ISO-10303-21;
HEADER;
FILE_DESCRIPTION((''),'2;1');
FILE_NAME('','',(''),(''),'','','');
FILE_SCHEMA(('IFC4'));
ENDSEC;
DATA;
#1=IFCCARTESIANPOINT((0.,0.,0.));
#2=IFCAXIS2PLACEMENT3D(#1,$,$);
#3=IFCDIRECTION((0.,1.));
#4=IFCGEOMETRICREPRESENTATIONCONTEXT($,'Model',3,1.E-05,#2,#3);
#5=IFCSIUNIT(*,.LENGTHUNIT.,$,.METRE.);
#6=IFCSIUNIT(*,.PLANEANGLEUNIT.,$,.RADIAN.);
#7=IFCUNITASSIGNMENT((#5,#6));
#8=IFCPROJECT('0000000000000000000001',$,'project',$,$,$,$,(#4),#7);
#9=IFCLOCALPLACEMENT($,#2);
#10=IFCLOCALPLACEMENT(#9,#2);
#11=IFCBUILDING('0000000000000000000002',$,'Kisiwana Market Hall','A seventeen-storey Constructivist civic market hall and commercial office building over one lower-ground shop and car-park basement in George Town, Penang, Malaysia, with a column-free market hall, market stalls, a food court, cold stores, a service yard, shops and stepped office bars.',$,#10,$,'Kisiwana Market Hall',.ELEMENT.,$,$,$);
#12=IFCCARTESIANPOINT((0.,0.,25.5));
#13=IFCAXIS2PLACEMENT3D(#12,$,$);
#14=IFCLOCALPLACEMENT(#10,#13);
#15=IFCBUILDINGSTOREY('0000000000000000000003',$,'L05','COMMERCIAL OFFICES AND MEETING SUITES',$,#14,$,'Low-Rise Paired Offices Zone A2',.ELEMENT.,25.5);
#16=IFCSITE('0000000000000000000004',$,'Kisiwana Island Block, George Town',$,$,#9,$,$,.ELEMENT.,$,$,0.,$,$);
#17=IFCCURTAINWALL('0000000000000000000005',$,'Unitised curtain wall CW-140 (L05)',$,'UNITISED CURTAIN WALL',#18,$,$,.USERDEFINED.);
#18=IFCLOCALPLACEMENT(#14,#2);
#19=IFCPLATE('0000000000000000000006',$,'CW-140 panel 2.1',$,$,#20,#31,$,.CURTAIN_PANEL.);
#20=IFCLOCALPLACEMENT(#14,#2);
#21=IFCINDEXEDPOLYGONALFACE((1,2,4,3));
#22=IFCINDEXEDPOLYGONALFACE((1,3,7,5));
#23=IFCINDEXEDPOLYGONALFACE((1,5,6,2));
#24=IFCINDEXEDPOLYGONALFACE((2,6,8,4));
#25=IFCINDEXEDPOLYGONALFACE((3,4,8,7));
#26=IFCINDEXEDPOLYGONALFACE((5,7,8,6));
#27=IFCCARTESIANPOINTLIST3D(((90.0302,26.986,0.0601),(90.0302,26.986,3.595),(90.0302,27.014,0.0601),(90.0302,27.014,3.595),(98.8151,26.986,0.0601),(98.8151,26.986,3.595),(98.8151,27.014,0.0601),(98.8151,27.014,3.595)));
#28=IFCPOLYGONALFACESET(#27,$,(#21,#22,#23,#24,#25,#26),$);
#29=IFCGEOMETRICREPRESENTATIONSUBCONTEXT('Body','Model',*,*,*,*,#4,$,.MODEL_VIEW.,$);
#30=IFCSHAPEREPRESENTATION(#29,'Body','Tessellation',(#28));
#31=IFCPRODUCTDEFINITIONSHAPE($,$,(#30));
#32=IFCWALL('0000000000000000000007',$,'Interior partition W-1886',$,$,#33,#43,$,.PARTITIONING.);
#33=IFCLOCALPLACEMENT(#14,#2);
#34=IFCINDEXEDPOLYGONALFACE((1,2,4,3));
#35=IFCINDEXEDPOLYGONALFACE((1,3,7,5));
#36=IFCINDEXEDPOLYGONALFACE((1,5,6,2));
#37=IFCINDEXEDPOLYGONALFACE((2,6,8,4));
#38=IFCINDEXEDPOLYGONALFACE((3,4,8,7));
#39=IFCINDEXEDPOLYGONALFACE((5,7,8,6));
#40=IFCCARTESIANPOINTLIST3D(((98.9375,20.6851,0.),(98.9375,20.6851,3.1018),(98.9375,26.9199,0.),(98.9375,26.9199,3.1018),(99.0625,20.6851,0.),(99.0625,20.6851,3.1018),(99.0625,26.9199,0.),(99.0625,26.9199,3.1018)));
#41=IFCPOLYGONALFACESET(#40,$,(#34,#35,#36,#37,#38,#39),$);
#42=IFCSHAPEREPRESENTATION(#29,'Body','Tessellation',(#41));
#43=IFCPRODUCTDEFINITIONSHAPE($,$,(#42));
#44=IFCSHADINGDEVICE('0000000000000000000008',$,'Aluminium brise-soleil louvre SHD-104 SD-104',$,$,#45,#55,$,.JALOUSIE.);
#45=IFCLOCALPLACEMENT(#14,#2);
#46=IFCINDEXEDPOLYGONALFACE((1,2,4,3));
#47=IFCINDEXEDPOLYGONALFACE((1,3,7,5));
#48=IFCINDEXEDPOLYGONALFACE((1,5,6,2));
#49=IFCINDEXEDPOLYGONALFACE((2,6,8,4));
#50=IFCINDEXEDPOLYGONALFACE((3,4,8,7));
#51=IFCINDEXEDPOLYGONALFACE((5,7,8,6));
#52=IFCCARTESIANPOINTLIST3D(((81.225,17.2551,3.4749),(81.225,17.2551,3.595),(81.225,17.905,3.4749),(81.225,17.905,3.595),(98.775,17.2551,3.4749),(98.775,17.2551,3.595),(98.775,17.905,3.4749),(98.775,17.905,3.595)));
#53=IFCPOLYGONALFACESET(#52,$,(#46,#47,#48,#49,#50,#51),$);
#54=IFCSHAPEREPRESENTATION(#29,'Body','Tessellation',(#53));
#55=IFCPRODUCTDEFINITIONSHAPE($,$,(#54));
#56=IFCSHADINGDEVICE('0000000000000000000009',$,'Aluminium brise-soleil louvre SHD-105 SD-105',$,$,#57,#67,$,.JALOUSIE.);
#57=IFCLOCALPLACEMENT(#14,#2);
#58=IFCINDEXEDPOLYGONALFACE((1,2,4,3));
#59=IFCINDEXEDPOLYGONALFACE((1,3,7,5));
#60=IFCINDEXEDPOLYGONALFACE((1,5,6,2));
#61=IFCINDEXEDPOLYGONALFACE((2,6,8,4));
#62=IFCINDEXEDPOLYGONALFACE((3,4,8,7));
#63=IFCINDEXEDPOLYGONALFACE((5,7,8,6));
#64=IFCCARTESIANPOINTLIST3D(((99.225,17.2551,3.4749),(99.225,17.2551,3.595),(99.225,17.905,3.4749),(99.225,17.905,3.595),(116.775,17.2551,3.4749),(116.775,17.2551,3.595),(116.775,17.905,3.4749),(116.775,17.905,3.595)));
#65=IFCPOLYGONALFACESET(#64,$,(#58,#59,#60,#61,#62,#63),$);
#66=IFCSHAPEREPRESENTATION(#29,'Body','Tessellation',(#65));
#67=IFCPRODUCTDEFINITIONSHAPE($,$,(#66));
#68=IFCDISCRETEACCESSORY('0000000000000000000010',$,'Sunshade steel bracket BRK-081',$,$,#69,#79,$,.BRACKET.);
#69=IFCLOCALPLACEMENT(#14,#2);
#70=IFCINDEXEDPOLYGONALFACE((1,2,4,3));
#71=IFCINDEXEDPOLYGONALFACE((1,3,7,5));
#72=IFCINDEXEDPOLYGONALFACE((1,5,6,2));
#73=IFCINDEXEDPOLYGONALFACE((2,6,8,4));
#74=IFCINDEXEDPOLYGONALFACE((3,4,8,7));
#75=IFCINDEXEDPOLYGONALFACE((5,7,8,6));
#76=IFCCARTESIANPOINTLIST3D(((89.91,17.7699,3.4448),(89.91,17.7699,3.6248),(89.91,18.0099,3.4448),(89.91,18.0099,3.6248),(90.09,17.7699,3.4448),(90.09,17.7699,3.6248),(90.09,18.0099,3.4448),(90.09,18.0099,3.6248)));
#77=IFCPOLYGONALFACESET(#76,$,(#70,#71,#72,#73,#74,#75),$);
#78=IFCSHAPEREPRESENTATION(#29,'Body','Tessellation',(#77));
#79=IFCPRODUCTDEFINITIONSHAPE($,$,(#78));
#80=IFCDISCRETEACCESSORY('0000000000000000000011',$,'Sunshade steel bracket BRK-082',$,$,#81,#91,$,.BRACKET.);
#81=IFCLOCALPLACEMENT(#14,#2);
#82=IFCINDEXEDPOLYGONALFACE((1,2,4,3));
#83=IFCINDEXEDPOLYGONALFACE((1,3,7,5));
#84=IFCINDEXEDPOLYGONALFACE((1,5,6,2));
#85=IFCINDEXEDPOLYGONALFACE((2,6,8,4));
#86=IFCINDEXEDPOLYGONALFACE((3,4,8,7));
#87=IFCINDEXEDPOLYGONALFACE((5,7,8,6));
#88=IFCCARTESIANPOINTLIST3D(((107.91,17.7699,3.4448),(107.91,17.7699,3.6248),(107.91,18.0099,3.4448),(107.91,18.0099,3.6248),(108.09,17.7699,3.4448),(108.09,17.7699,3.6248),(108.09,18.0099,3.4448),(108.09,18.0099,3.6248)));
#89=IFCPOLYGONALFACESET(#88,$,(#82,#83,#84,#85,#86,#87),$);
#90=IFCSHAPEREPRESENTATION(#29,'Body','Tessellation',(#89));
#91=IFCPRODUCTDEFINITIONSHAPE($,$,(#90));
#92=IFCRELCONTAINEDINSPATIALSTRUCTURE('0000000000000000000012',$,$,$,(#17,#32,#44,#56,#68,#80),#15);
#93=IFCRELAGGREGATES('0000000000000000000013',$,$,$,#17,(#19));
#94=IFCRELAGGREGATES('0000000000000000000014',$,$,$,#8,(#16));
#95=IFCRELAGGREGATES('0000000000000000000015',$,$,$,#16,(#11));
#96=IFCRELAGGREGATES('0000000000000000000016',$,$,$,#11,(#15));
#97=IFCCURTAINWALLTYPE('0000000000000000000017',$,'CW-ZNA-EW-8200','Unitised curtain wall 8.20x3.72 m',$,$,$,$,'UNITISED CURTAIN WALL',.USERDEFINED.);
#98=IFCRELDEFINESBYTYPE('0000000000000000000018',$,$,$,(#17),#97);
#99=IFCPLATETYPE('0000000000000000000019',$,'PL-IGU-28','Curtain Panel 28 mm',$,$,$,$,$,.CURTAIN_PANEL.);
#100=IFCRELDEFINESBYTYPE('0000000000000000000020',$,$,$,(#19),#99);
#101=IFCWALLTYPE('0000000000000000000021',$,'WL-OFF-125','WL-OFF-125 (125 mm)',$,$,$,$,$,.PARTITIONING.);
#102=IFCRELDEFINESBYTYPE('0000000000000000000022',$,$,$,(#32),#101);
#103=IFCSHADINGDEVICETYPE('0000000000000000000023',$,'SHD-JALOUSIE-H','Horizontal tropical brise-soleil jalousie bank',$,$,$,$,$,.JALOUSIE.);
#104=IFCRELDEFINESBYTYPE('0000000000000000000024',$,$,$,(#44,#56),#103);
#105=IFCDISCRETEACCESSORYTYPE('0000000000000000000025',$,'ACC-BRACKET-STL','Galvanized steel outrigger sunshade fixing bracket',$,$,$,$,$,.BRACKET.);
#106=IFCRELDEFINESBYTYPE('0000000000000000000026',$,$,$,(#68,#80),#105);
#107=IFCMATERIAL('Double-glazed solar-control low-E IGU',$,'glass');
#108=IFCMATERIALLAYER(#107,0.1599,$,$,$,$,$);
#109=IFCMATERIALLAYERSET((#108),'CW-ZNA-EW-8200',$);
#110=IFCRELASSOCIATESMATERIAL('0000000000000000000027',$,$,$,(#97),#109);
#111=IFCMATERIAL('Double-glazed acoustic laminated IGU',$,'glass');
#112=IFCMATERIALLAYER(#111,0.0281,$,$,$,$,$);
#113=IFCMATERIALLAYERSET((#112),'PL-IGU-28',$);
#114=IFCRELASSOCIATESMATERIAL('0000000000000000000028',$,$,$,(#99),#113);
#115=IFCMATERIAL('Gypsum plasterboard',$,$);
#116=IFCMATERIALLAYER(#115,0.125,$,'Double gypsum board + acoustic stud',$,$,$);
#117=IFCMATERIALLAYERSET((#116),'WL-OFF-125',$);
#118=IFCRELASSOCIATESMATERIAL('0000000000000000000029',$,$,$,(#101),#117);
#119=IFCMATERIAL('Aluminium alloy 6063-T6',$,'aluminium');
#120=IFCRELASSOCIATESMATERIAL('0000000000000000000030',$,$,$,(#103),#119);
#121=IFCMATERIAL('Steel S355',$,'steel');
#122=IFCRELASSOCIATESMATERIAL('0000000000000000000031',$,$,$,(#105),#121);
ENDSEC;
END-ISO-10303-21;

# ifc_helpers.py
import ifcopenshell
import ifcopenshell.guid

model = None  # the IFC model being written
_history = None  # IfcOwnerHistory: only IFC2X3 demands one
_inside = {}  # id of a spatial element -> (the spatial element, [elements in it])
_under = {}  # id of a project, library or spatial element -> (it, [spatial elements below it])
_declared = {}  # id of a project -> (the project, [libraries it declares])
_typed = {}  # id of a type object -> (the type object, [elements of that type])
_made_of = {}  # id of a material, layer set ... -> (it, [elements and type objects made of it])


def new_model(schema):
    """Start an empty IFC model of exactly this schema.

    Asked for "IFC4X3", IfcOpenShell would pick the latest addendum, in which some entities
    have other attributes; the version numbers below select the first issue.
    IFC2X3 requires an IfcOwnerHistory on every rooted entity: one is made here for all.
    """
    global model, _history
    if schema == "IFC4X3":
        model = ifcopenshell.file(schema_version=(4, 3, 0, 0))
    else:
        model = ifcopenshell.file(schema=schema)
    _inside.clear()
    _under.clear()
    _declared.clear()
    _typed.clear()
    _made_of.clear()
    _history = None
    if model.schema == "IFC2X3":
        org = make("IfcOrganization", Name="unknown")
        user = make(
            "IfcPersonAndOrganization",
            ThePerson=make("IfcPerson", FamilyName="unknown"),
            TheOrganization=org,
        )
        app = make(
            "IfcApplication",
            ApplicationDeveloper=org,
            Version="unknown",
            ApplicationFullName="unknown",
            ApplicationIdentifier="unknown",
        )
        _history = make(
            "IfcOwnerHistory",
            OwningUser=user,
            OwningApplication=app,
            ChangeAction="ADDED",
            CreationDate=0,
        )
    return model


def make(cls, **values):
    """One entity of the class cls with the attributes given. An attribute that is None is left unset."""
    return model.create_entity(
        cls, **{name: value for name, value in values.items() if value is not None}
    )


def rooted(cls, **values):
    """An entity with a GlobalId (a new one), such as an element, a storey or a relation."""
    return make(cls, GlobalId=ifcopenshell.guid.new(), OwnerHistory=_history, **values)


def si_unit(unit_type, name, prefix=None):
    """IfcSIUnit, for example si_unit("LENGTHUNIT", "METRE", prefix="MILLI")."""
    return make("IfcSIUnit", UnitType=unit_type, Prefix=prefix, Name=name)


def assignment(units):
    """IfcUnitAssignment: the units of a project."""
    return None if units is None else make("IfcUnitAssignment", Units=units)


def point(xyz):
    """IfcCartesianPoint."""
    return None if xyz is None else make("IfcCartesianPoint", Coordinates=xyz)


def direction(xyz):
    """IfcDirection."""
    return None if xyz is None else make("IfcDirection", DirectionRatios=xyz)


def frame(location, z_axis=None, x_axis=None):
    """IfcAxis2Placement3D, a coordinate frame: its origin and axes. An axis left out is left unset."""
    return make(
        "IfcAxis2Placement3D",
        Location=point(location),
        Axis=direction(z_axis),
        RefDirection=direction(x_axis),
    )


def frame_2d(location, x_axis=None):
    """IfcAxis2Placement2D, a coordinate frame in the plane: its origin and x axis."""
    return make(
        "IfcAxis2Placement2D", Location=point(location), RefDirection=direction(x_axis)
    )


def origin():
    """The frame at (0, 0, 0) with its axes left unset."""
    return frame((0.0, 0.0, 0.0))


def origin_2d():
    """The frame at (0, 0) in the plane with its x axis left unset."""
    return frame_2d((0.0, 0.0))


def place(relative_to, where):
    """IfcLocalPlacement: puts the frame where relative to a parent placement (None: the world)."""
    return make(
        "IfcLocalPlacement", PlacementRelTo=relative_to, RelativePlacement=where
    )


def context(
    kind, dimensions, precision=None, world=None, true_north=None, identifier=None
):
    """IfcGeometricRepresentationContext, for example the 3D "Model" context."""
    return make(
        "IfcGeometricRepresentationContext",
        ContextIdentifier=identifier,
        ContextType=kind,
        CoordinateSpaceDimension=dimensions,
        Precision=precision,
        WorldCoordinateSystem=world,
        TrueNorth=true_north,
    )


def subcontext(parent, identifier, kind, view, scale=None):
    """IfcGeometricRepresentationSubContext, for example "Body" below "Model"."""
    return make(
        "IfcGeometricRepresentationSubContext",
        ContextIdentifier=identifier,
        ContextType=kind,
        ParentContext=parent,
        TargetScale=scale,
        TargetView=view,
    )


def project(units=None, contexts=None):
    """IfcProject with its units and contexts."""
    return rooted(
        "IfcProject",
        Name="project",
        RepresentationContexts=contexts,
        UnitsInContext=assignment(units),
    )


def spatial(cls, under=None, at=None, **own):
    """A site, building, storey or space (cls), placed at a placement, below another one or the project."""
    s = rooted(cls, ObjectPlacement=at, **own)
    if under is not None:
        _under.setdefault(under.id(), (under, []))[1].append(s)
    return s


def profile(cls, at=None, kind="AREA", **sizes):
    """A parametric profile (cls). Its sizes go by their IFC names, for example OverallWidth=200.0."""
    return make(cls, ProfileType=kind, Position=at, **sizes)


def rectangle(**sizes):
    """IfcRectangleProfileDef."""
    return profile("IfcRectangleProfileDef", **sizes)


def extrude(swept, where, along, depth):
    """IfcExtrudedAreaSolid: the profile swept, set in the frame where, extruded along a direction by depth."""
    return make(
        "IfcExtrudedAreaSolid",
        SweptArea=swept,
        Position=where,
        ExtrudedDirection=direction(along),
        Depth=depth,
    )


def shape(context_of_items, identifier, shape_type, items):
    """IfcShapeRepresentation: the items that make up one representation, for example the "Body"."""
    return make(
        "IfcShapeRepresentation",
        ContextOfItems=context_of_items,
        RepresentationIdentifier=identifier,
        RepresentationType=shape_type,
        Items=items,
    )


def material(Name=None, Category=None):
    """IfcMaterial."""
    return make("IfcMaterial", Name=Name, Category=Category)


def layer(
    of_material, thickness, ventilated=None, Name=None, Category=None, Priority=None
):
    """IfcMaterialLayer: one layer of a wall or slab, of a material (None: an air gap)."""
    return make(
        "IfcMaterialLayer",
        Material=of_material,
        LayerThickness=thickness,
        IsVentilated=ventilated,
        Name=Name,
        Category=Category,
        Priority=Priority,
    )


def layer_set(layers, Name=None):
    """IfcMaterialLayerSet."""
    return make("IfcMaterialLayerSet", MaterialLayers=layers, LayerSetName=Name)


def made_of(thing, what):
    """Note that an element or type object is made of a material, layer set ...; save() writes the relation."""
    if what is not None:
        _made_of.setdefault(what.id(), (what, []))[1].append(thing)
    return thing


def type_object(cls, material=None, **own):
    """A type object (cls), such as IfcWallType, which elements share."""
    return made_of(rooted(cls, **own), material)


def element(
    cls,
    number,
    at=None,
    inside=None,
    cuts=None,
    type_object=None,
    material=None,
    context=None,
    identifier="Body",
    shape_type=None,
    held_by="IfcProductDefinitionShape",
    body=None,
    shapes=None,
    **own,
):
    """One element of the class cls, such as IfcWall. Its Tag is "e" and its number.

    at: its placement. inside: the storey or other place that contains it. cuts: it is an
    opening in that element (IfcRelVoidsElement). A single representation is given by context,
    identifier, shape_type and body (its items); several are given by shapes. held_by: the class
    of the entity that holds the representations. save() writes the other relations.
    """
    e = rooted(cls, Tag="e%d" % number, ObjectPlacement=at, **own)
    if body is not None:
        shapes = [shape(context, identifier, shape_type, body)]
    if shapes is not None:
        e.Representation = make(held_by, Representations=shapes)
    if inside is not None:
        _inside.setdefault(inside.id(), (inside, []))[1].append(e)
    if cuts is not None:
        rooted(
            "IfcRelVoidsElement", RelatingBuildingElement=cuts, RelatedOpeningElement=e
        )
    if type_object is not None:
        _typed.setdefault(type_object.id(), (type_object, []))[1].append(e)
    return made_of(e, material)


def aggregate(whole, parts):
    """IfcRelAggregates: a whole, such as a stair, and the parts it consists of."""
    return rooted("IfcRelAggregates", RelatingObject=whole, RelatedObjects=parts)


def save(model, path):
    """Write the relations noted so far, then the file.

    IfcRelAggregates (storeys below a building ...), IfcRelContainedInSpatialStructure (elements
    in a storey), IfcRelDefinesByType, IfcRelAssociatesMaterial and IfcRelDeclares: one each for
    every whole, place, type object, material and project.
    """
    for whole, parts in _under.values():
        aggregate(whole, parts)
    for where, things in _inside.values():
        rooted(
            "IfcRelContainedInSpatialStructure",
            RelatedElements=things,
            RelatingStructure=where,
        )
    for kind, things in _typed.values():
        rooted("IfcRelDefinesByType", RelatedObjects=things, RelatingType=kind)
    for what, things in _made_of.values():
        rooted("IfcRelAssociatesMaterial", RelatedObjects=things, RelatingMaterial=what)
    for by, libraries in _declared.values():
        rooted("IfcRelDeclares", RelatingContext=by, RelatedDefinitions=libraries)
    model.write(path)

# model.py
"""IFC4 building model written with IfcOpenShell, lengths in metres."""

from ifc_helpers import new_model, si_unit, direction, frame, frame_2d, origin, origin_2d, place, context, subcontext, project, spatial, rectangle, extrude, material, layer, layer_set, type_object, element, aggregate, save


model = new_model("IFC4")

# Units and contexts
model_context = context("Model", 3, precision=1e-05, world=origin(), true_north=direction((0.0, 1.0)))
body_context = subcontext(model_context, "Body", "Model", "MODEL_VIEW")
ifc_project = project(units=[si_unit("LENGTHUNIT", "METRE"), si_unit("PLANEANGLEUNIT", "RADIAN")], contexts=[model_context])

# Site, building, storey
site_placement = place(None, origin())
site = spatial("IfcSite", under=ifc_project, at=site_placement, Name="Kisiwana Island Block, George Town", CompositionType="ELEMENT", RefElevation=0.0)
building_placement = place(site_placement, origin())
building = spatial("IfcBuilding", under=site, at=building_placement, Name="Kisiwana Market Hall", Description="A seventeen-storey Constructivist civic market hall and commercial office building over one lower-ground shop and car-park basement in George Town, Penang, Malaysia, with a column-free market hall, market stalls, a food court, cold stores, a service yard, shops and stepped office bars.", LongName="Kisiwana Market Hall", CompositionType="ELEMENT")
storey_placement = place(building_placement, frame((0.0, 0.0, 25.5)))
storey = spatial("IfcBuildingStorey", under=building, at=storey_placement, Name="L05", Description="COMMERCIAL OFFICES AND MEETING SUITES", LongName="Low-Rise Paired Offices Zone A2", CompositionType="ELEMENT", Elevation=25.5)

# Curtain wall
ifc_material_1 = material(Name="Double-glazed solar-control low-E IGU", Category="glass")
ifc_layer_1 = layer(ifc_material_1, 0.1599)
ifc_layer_set_1 = layer_set([ifc_layer_1], Name="CW-ZNA-EW-8200")
curtain_wall_type = type_object("IfcCurtainWallType", Name="CW-ZNA-EW-8200", Description="Unitised curtain wall 8.20x3.72 m", ElementType="UNITISED CURTAIN WALL", PredefinedType="USERDEFINED", material=ifc_layer_set_1)
curtain_wall_1_placement = place(storey_placement, origin())
curtain_wall_1 = element("IfcCurtainWall", 1, at=curtain_wall_1_placement, inside=storey, type_object=curtain_wall_type, Name="Unitised curtain wall CW-140 (L05)", ObjectType="UNITISED CURTAIN WALL", PredefinedType="USERDEFINED")

# Plate
ifc_material_2 = material(Name="Double-glazed acoustic laminated IGU", Category="glass")
ifc_layer_2 = layer(ifc_material_2, 0.0281)
ifc_layer_set_2 = layer_set([ifc_layer_2], Name="PL-IGU-28")
plate_type_1 = type_object("IfcPlateType", Name="PL-IGU-28", Description="Curtain Panel 28 mm", PredefinedType="CURTAIN_PANEL", material=ifc_layer_set_2)
plate_1_placement = place(storey_placement, frame((94.4226, 27.0, 0.0601), z_axis=(0.0, 0.0, 1.0), x_axis=(1.0, 0.0, 0.0)))
plate_1 = element("IfcPlate", 2, at=plate_1_placement, type_object=plate_type_1, Name="CW-140 panel 2.1", PredefinedType="CURTAIN_PANEL", context=body_context, shape_type="SweptSolid", body=[
    extrude(rectangle(XDim=8.7849, YDim=0.0281, at=origin_2d()), origin(), (0.0, 0.0, 1.0), 3.5349),
])
aggregate(curtain_wall_1, [plate_1])

# Wall
ifc_material_3 = material(Name="Gypsum plasterboard")
ifc_layer_3 = layer(ifc_material_3, 0.125, Name="Double gypsum board + acoustic stud")
ifc_layer_set_3 = layer_set([ifc_layer_3], Name="WL-OFF-125")
wall_type = type_object("IfcWallType", Name="WL-OFF-125", Description="WL-OFF-125 (125 mm)", PredefinedType="PARTITIONING", material=ifc_layer_set_3)
wall_placement = place(storey_placement, frame((99.0, 20.6851, 0.0), z_axis=(0.0, 0.0, 1.0), x_axis=(0.0, 1.0, 0.0)))
element("IfcWall", 3, at=wall_placement, inside=storey, type_object=wall_type, Name="Interior partition W-1886", PredefinedType="PARTITIONING", context=body_context, shape_type="SweptSolid", body=[
    extrude(rectangle(XDim=6.2349, YDim=0.125, at=frame_2d((3.1174, 0.0))), origin(), (0.0, 0.0, 1.0), 3.1018),
])

# Shading devices
ifc_material_4 = material(Name="Aluminium alloy 6063-T6", Category="aluminium")
shading_device_type = type_object("IfcShadingDeviceType", Name="SHD-JALOUSIE-H", Description="Horizontal tropical brise-soleil jalousie bank", PredefinedType="JALOUSIE", material=ifc_material_4)
for number, where, z_axis, x_axis, name in (
    (4, (90.0, 17.5801, 3.4749), (0.0, 0.0, 1.0), (1.0, 0.0, 0.0), "Aluminium brise-soleil louvre SHD-104 SD-104"),
    (5, (108.0, 17.5801, 3.4749), (0.0, 0.0, 1.0), (1.0, 0.0, 0.0), "Aluminium brise-soleil louvre SHD-105 SD-105"),
):
    element("IfcShadingDevice", number, at=place(storey_placement, frame(where, z_axis=z_axis, x_axis=x_axis)), inside=storey, type_object=shading_device_type, Name=name, PredefinedType="JALOUSIE", context=body_context, shape_type="SweptSolid", body=[
        extrude(rectangle(XDim=17.55, YDim=0.6499, at=origin_2d()), origin(), (0.0, 0.0, 1.0), 0.1201),
    ])

# Discrete accessories
ifc_material_5 = material(Name="Steel S355", Category="steel")
discrete_accessory_type = type_object("IfcDiscreteAccessoryType", Name="ACC-BRACKET-STL", Description="Galvanized steel outrigger sunshade fixing bracket", PredefinedType="BRACKET", material=ifc_material_5)
for number, where, z_axis, x_axis, name in (
    (6, (90.0, 17.8899, 3.4448), (0.0, 0.0, 1.0), (1.0, 0.0, 0.0), "Sunshade steel bracket BRK-081"),
    (7, (108.0, 17.8899, 3.4448), (0.0, 0.0, 1.0), (1.0, 0.0, 0.0), "Sunshade steel bracket BRK-082"),
):
    element("IfcDiscreteAccessory", number, at=place(storey_placement, frame(where, z_axis=z_axis, x_axis=x_axis)), inside=storey, type_object=discrete_accessory_type, Name=name, PredefinedType="BRACKET", context=body_context, shape_type="SweptSolid", body=[
        extrude(rectangle(XDim=0.1799, YDim=0.24, at=origin_2d()), origin(), (0.0, 0.0, 1.0), 0.1799),
    ])

save(model, "model.ifc")
